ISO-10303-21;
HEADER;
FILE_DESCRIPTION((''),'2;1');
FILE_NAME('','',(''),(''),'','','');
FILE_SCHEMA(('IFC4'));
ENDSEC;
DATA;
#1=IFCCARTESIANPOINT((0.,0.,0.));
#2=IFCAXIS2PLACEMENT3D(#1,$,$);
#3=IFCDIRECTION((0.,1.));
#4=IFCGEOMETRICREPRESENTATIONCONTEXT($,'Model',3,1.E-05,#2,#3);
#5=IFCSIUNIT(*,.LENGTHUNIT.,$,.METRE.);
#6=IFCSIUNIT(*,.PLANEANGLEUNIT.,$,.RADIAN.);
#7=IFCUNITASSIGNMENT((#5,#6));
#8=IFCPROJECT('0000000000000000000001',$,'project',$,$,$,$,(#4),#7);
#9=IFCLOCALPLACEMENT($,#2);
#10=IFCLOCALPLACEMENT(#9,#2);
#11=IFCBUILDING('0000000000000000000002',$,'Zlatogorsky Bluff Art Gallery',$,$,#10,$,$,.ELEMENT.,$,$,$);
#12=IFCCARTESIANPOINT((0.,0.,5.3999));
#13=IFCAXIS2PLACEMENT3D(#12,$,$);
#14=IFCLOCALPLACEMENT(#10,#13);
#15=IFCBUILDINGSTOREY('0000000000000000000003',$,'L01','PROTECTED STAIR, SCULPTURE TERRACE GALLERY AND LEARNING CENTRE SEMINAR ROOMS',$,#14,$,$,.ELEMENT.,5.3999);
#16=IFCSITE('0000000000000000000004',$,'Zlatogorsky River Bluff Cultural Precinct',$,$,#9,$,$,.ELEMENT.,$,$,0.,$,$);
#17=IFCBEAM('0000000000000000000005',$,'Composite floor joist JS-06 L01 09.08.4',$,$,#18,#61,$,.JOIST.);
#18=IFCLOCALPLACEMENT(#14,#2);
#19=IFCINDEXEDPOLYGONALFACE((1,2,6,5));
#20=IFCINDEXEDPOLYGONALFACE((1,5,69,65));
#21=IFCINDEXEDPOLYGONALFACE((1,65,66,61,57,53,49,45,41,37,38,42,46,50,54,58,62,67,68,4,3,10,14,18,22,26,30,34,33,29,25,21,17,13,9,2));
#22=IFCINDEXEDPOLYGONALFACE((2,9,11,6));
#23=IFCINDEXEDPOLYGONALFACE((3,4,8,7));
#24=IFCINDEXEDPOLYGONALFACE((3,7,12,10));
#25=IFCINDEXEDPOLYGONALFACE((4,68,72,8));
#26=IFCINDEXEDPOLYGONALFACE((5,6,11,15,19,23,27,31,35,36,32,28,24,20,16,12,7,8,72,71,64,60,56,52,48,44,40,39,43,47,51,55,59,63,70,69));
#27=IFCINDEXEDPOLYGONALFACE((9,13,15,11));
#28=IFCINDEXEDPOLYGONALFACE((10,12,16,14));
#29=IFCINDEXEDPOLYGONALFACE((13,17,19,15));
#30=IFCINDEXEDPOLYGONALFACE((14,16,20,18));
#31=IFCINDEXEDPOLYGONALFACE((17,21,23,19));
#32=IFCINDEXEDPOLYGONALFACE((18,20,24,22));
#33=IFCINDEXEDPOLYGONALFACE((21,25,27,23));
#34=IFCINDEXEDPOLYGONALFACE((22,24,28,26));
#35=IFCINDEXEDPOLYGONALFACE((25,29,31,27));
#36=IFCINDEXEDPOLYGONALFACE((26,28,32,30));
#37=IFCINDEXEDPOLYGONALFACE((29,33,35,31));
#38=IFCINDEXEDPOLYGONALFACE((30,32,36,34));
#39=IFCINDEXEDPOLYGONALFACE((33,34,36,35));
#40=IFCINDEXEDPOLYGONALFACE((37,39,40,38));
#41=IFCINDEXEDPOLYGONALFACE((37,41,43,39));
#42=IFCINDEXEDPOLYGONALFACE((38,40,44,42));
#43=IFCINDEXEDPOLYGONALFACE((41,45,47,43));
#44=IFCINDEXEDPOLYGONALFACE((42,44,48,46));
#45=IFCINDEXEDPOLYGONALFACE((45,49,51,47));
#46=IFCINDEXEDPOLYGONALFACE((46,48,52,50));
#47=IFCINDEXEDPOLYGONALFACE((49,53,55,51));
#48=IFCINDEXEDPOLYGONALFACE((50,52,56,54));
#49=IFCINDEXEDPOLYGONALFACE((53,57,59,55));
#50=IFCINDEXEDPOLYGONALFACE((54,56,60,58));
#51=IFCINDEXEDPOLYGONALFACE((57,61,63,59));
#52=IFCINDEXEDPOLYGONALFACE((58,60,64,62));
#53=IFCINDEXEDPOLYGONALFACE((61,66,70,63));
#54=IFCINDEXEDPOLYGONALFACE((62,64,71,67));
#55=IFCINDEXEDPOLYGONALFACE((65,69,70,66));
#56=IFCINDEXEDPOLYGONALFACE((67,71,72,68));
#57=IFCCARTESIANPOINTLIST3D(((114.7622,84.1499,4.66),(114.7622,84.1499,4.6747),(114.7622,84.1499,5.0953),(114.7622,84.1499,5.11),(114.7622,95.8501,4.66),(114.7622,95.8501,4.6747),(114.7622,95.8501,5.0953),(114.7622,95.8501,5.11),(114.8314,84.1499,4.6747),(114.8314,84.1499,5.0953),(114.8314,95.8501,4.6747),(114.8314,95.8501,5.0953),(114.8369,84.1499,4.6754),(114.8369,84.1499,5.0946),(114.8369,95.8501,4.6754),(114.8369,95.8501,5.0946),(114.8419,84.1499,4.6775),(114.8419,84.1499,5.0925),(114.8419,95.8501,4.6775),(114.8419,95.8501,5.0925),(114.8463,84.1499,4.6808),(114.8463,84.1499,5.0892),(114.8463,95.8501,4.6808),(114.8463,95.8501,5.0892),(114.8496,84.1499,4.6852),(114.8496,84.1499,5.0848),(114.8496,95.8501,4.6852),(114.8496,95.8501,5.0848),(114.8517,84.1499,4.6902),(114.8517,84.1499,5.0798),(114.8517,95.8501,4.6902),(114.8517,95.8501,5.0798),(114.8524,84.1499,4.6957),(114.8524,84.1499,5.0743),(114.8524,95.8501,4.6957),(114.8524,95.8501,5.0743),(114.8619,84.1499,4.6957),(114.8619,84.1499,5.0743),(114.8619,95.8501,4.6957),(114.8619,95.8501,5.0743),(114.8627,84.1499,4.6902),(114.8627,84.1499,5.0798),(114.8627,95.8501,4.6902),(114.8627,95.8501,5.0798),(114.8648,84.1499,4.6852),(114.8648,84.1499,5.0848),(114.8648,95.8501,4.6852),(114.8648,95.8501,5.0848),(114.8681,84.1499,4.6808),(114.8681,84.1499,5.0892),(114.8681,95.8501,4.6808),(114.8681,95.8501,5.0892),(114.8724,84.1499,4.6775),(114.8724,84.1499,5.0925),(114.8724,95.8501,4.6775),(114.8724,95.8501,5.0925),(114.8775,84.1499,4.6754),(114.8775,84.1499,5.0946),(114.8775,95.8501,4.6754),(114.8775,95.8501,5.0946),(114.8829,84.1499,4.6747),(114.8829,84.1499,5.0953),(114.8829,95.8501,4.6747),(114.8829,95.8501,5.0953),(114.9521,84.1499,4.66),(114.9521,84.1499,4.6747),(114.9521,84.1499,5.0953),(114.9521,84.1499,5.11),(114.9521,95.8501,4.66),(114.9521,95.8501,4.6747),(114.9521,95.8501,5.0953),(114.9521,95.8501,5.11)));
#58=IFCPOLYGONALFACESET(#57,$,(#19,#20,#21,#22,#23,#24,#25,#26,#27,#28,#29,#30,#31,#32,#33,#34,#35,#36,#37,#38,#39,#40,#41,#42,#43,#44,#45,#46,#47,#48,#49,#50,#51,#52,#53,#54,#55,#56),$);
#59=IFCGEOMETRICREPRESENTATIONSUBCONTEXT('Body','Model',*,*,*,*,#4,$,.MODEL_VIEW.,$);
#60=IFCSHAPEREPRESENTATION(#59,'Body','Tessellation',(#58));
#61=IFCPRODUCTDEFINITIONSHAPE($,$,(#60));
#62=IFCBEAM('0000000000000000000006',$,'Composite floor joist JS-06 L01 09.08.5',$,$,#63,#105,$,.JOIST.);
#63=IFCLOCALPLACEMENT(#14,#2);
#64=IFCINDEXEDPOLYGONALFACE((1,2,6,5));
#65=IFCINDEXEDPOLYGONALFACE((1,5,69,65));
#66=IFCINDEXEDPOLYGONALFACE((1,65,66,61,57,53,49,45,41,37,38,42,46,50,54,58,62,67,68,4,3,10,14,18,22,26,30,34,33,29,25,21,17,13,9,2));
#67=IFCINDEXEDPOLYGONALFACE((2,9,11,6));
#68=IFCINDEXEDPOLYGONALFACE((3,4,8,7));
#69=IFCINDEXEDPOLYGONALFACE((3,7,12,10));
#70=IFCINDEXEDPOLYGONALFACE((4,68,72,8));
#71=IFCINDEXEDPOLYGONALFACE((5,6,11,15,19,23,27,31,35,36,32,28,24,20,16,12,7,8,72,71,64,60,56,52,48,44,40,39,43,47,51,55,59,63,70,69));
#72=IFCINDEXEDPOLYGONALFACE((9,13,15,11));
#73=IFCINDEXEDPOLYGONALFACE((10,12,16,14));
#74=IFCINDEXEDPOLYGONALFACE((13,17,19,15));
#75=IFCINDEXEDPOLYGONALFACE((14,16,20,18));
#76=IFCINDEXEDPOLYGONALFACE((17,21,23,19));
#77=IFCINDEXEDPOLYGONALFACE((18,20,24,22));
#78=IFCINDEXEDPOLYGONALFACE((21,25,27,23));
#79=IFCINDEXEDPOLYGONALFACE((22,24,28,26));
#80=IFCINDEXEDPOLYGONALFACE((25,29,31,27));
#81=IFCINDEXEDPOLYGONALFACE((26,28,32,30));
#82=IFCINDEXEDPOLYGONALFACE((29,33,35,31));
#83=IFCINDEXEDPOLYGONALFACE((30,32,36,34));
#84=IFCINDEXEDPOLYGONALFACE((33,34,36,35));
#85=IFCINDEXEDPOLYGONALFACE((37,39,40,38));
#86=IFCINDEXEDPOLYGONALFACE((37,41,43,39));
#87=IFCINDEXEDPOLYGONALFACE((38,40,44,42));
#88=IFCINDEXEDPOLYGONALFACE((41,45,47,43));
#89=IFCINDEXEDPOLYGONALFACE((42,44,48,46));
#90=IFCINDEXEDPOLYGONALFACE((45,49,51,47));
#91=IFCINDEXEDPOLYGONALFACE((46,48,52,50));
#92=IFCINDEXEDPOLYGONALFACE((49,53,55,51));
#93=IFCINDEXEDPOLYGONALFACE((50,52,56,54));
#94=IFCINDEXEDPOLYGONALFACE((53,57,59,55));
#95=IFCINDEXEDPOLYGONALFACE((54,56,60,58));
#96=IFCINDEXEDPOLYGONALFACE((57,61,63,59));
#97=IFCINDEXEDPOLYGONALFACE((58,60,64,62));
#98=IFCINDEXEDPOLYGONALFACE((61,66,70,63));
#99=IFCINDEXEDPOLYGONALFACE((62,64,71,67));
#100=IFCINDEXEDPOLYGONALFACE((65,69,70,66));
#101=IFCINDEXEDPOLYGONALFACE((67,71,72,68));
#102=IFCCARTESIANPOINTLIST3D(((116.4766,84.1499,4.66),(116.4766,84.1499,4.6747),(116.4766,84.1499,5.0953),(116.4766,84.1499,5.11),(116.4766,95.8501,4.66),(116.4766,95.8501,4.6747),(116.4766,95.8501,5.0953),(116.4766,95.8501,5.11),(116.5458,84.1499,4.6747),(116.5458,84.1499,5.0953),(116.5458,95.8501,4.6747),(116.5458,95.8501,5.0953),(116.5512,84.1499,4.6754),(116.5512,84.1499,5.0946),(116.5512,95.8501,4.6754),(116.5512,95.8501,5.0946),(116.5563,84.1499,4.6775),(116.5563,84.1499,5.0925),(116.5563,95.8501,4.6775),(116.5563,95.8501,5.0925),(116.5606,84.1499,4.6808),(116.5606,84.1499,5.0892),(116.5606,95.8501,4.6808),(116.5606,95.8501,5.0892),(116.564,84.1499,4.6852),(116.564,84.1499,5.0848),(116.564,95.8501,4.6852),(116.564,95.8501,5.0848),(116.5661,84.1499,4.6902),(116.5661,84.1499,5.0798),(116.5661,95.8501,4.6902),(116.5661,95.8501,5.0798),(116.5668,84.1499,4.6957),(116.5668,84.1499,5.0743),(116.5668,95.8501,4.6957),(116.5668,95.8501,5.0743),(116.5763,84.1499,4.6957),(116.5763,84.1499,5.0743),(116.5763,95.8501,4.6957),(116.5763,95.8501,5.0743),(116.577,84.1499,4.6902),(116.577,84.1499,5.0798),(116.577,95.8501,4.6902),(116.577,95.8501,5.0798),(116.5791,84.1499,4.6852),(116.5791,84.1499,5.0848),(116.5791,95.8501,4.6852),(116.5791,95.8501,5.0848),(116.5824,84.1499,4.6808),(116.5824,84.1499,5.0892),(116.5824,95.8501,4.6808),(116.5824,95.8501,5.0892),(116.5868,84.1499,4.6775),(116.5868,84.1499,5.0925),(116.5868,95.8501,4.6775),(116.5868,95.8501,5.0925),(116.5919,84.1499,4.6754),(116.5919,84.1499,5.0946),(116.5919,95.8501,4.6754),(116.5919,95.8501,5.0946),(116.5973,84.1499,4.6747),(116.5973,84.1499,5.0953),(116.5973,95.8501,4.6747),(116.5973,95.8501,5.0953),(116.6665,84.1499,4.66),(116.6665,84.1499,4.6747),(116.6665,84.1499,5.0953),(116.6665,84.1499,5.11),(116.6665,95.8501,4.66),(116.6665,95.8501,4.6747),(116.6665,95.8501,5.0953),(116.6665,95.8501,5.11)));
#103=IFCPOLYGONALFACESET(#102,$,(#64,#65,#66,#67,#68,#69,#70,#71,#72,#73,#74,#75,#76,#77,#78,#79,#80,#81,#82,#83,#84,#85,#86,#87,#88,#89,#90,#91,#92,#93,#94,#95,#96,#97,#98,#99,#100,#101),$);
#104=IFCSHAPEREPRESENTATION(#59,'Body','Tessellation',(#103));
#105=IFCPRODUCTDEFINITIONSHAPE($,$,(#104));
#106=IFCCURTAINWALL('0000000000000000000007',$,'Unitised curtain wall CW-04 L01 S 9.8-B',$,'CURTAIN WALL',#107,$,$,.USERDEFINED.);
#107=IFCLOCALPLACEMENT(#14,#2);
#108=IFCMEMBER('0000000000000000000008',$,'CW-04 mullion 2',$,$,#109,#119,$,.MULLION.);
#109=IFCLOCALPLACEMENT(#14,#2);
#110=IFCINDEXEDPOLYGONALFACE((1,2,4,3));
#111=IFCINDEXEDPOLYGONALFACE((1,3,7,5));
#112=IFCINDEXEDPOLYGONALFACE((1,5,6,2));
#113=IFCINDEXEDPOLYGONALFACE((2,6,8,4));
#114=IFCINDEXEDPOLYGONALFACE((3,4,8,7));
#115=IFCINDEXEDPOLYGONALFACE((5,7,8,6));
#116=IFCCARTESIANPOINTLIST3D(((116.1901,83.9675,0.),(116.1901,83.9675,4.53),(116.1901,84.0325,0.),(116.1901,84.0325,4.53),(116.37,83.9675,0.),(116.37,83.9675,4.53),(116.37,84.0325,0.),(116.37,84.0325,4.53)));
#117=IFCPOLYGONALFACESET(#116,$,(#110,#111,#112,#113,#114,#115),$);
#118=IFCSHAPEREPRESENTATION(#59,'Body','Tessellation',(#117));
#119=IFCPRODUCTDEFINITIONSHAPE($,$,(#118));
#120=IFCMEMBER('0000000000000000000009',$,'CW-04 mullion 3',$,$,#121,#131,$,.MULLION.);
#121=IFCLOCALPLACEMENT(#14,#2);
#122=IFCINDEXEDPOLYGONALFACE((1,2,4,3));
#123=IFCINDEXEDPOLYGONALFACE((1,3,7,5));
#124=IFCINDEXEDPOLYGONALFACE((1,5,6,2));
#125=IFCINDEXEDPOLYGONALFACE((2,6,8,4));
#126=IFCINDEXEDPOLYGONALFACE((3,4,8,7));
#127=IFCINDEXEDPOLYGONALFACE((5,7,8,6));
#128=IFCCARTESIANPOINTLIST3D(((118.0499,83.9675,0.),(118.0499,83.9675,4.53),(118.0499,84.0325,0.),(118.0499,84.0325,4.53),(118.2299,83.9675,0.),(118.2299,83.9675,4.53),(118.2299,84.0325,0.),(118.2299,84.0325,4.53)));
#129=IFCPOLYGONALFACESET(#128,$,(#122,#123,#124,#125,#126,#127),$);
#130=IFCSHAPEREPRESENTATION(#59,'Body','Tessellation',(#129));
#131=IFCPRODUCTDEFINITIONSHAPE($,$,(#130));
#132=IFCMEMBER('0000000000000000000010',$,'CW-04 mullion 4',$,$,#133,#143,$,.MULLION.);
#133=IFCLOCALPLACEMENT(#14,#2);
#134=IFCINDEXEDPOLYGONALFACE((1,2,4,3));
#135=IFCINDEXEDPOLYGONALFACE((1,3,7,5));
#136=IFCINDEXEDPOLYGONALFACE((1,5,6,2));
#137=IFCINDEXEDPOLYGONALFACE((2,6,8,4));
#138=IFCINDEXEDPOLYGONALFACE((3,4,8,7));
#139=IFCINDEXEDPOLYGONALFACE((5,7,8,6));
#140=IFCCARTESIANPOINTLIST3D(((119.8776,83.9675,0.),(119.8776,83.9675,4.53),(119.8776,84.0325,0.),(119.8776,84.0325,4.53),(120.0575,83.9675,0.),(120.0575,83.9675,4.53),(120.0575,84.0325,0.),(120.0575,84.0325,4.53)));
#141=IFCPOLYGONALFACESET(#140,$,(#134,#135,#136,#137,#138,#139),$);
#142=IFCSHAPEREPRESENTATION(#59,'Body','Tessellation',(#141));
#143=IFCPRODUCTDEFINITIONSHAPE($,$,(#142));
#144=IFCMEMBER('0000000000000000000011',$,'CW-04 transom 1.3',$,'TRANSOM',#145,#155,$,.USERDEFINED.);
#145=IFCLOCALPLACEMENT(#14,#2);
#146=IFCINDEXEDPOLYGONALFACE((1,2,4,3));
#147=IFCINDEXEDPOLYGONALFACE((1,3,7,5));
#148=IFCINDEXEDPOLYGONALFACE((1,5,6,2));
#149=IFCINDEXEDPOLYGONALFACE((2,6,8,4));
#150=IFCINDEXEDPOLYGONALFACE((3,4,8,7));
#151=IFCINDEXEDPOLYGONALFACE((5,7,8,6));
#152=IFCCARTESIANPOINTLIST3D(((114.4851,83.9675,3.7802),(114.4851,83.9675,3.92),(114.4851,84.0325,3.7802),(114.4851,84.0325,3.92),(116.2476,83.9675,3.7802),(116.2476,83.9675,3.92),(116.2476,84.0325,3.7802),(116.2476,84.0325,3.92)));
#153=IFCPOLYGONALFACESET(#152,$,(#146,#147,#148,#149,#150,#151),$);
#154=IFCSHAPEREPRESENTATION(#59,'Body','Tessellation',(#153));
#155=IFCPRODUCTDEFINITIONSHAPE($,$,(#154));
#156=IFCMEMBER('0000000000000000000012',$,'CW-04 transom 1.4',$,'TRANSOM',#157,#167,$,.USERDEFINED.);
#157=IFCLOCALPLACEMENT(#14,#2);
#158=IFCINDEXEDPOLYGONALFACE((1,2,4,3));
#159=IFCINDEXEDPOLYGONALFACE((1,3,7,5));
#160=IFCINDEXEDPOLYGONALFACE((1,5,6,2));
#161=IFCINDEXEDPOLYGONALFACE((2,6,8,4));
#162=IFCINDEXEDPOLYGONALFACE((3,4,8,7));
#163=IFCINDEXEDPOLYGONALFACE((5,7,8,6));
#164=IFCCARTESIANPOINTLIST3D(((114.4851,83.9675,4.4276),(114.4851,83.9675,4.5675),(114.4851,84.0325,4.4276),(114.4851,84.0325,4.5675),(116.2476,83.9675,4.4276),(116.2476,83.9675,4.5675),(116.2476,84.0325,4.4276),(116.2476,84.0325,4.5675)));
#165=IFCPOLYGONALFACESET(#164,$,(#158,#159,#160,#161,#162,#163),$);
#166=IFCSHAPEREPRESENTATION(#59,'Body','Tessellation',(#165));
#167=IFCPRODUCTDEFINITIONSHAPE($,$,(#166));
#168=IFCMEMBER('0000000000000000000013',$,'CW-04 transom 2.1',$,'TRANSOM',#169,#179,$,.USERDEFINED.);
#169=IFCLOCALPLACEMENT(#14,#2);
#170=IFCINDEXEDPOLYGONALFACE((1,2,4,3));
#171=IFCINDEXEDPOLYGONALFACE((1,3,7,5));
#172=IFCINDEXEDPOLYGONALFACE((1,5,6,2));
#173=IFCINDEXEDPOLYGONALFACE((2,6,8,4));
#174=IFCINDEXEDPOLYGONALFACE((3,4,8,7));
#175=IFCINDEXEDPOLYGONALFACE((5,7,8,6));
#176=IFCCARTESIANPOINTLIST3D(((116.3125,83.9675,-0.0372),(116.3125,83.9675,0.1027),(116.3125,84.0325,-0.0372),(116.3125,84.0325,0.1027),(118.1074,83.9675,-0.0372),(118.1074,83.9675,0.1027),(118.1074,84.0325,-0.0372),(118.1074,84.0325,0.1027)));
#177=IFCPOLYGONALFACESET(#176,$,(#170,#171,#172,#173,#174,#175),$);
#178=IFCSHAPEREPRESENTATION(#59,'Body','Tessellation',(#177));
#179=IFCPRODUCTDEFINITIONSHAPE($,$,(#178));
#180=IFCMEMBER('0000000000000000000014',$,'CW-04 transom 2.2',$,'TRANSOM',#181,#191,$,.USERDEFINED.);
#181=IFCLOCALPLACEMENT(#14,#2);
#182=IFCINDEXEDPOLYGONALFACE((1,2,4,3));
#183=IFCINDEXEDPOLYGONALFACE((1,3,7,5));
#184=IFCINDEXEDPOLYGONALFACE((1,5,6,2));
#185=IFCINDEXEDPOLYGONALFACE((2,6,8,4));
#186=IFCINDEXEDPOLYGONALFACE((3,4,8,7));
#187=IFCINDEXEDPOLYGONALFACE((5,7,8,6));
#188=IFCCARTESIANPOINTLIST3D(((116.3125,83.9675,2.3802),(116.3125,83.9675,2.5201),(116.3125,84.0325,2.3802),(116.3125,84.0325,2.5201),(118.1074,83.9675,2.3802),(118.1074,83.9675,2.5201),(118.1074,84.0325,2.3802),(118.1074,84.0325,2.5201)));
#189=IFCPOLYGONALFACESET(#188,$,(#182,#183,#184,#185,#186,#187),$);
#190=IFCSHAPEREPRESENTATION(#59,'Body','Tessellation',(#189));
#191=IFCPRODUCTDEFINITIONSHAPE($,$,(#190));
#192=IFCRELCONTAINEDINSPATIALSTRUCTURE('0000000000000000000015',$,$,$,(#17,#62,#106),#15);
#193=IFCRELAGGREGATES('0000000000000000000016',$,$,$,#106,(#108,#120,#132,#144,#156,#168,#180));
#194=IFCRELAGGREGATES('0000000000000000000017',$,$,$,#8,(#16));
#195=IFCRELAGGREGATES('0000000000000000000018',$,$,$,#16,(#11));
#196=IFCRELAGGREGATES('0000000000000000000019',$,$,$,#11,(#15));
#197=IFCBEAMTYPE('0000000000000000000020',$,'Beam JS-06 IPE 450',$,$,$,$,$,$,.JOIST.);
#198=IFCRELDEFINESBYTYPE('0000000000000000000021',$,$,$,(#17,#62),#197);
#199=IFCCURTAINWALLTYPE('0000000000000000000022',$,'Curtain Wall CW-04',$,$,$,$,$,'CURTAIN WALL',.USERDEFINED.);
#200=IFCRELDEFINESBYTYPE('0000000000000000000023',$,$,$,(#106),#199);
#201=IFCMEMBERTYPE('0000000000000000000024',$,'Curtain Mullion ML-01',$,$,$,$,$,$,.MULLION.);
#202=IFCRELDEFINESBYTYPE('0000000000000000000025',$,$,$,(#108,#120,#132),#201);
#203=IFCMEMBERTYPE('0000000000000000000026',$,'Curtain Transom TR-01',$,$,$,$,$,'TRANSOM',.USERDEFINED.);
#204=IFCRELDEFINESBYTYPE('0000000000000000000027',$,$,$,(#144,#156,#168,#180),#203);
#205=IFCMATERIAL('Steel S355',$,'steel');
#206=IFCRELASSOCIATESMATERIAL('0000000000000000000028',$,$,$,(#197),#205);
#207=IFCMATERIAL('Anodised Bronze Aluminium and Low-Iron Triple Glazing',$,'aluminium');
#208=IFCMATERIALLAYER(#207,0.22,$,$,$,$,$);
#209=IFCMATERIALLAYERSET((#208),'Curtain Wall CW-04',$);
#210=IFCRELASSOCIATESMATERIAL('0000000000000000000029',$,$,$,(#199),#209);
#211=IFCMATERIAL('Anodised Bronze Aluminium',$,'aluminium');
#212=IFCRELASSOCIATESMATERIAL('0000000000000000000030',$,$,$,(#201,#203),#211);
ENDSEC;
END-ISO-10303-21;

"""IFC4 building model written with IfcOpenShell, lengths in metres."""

from ifc_helpers import new_model, si_unit, direction, frame, origin, origin_2d, place, context, subcontext, project, spatial, rectangle, i_section, extrude, material, layer, layer_set, material_profile, profile_set, type_object, element, aggregate, save


model = new_model("IFC4")

# Units and contexts
model_context = context("Model", 3, precision=1e-05, world=origin(), true_north=direction((0.0, 1.0)))
body_context = subcontext(model_context, "Body", "Model", "MODEL_VIEW")
ifc_project = project(units=[si_unit("LENGTHUNIT", "METRE"), si_unit("PLANEANGLEUNIT", "RADIAN")], contexts=[model_context])

# Site, building, storey
site_placement = place(None, origin())
site = spatial("IfcSite", under=ifc_project, at=site_placement, Name="Zlatogorsky River Bluff Cultural Precinct", CompositionType="ELEMENT", RefElevation=0.0)
building_placement = place(site_placement, origin())
building = spatial("IfcBuilding", under=site, at=building_placement, Name="Zlatogorsky Bluff Art Gallery", CompositionType="ELEMENT")
storey_placement = place(building_placement, frame((0.0, 0.0, 5.3999)))
storey = spatial("IfcBuildingStorey", under=building, at=storey_placement, Name="L01", Description="PROTECTED STAIR, SCULPTURE TERRACE GALLERY AND LEARNING CENTRE SEMINAR ROOMS", CompositionType="ELEMENT", Elevation=5.3999)

# Shared definitions
ifc_material_1 = material(Name="Steel S355", Category="steel")

# Beams
ifc_material_profile_1 = material_profile(ifc_material_1, i_section(OverallWidth=0.1899, OverallDepth=0.45, WebThickness=0.0095, FlangeThickness=0.0146, FilletRadius=0.021, at=origin_2d()), Name="IPE 450")
ifc_profile_set_1 = profile_set([ifc_material_profile_1], Name="Steel S355")
beam_type_1 = type_object("IfcBeamType", Name="Beam JS-06 IPE 450", PredefinedType="JOIST", material=ifc_profile_set_1)
for number, where, z_axis, x_axis, name in (
    (1, (114.8572, 84.1499, 4.885), (0.0, 1.0, 0.0), (-1.0, 0.0, 0.0), "Composite floor joist JS-06 L01 09.08.4"),
    (2, (116.5715, 84.1499, 4.885), (0.0, 1.0, 0.0), (-1.0, 0.0, 0.0), "Composite floor joist JS-06 L01 09.08.5"),
):
    element("IfcBeam", number, at=place(storey_placement, frame(where, z_axis=z_axis, x_axis=x_axis)), inside=storey, type_object=beam_type_1, Name=name, PredefinedType="JOIST", context=body_context, shape_type="SweptSolid", body=[
        extrude(i_section(OverallWidth=0.1899, OverallDepth=0.45, WebThickness=0.0095, FlangeThickness=0.0146, FilletRadius=0.021, at=origin_2d()), origin(), (0.0, 0.0, 1.0), 11.7002),
    ])

# Curtain wall, members
ifc_material_2 = material(Name="Anodised Bronze Aluminium and Low-Iron Triple Glazing", Category="aluminium")
ifc_layer_1 = layer(ifc_material_2, 0.22)
ifc_layer_set_1 = layer_set([ifc_layer_1], Name="Curtain Wall CW-04")
curtain_wall_type = type_object("IfcCurtainWallType", Name="Curtain Wall CW-04", ElementType="CURTAIN WALL", PredefinedType="USERDEFINED", material=ifc_layer_set_1)
curtain_wall_placement = place(storey_placement, origin())
curtain_wall = element("IfcCurtainWall", 3, at=curtain_wall_placement, inside=storey, type_object=curtain_wall_type, Name="Unitised curtain wall CW-04 L01 S 9.8-B", ObjectType="CURTAIN WALL", PredefinedType="USERDEFINED")
ifc_material_3 = material(Name="Anodised Bronze Aluminium", Category="aluminium")
ifc_material_profile_2 = material_profile(ifc_material_3, rectangle(XDim=0.0649, YDim=0.1799, at=origin_2d()), Name="ALU MULLION 65x180")
ifc_profile_set_2 = profile_set([ifc_material_profile_2], Name="Anodised Bronze Aluminium")
member_type_1 = type_object("IfcMemberType", Name="Curtain Mullion ML-01", PredefinedType="MULLION", material=ifc_profile_set_2)
member_1_placement = place(storey_placement, frame((116.28, 84.0, 0.0), z_axis=(0.0, 0.0, 1.0), x_axis=(0.0, 1.0, 0.0)))
member_1 = element("IfcMember", 4, at=member_1_placement, type_object=member_type_1, Name="CW-04 mullion 2", PredefinedType="MULLION", context=body_context, shape_type="SweptSolid", body=[
    extrude(rectangle(XDim=0.0649, YDim=0.1799, at=origin_2d()), origin(), (0.0, 0.0, 1.0), 4.53),
])
member_2_placement = place(storey_placement, frame((118.1399, 84.0, 0.0), z_axis=(0.0, 0.0, 1.0), x_axis=(0.0, 1.0, 0.0)))
member_2 = element("IfcMember", 5, at=member_2_placement, type_object=member_type_1, Name="CW-04 mullion 3", PredefinedType="MULLION", context=body_context, shape_type="SweptSolid", body=[
    extrude(rectangle(XDim=0.0649, YDim=0.1799, at=origin_2d()), origin(), (0.0, 0.0, 1.0), 4.53),
])
member_3_placement = place(storey_placement, frame((119.9675, 84.0, 0.0), z_axis=(0.0, 0.0, 1.0), x_axis=(0.0, 1.0, 0.0)))
member_3 = element("IfcMember", 6, at=member_3_placement, type_object=member_type_1, Name="CW-04 mullion 4", PredefinedType="MULLION", context=body_context, shape_type="SweptSolid", body=[
    extrude(rectangle(XDim=0.0649, YDim=0.1799, at=origin_2d()), origin(), (0.0, 0.0, 1.0), 4.53),
])
ifc_material_profile_3 = material_profile(ifc_material_3, rectangle(XDim=0.0649, YDim=0.1399, at=origin_2d()), Name="ALU TRANSOM 65x140")
ifc_profile_set_3 = profile_set([ifc_material_profile_3], Name="Anodised Bronze Aluminium")
member_type_2 = type_object("IfcMemberType", Name="Curtain Transom TR-01", ElementType="TRANSOM", PredefinedType="USERDEFINED", material=ifc_profile_set_3)
member_4_placement = place(storey_placement, frame((114.4851, 84.0, 3.8501), z_axis=(1.0, 0.0, 0.0), x_axis=(0.0, 1.0, 0.0)))
member_4 = element("IfcMember", 7, at=member_4_placement, type_object=member_type_2, Name="CW-04 transom 1.3", ObjectType="TRANSOM", PredefinedType="USERDEFINED", context=body_context, shape_type="SweptSolid", body=[
    extrude(rectangle(XDim=0.0649, YDim=0.1399, at=origin_2d()), origin(), (0.0, 0.0, 1.0), 1.7625),
])
member_5_placement = place(storey_placement, frame((114.4851, 84.0, 4.4976), z_axis=(1.0, 0.0, 0.0), x_axis=(0.0, 1.0, 0.0)))
member_5 = element("IfcMember", 8, at=member_5_placement, type_object=member_type_2, Name="CW-04 transom 1.4", ObjectType="TRANSOM", PredefinedType="USERDEFINED", context=body_context, shape_type="SweptSolid", body=[
    extrude(rectangle(XDim=0.0649, YDim=0.1399, at=origin_2d()), origin(), (0.0, 0.0, 1.0), 1.7625),
])
member_6_placement = place(storey_placement, frame((116.3125, 84.0, 0.0327), z_axis=(1.0, 0.0, 0.0), x_axis=(0.0, 1.0, 0.0)))
member_6 = element("IfcMember", 9, at=member_6_placement, type_object=member_type_2, Name="CW-04 transom 2.1", ObjectType="TRANSOM", PredefinedType="USERDEFINED", context=body_context, shape_type="SweptSolid", body=[
    extrude(rectangle(XDim=0.0649, YDim=0.1399, at=origin_2d()), origin(), (0.0, 0.0, 1.0), 1.7949),
])
member_7_placement = place(storey_placement, frame((116.3125, 84.0, 2.4502), z_axis=(1.0, 0.0, 0.0), x_axis=(0.0, 1.0, 0.0)))
member_7 = element("IfcMember", 10, at=member_7_placement, type_object=member_type_2, Name="CW-04 transom 2.2", ObjectType="TRANSOM", PredefinedType="USERDEFINED", context=body_context, shape_type="SweptSolid", body=[
    extrude(rectangle(XDim=0.0649, YDim=0.1399, at=origin_2d()), origin(), (0.0, 0.0, 1.0), 1.7949),
])
aggregate(curtain_wall, [member_1, member_2, member_3, member_4, member_5, member_6, member_7])

save(model, "model.ifc")
